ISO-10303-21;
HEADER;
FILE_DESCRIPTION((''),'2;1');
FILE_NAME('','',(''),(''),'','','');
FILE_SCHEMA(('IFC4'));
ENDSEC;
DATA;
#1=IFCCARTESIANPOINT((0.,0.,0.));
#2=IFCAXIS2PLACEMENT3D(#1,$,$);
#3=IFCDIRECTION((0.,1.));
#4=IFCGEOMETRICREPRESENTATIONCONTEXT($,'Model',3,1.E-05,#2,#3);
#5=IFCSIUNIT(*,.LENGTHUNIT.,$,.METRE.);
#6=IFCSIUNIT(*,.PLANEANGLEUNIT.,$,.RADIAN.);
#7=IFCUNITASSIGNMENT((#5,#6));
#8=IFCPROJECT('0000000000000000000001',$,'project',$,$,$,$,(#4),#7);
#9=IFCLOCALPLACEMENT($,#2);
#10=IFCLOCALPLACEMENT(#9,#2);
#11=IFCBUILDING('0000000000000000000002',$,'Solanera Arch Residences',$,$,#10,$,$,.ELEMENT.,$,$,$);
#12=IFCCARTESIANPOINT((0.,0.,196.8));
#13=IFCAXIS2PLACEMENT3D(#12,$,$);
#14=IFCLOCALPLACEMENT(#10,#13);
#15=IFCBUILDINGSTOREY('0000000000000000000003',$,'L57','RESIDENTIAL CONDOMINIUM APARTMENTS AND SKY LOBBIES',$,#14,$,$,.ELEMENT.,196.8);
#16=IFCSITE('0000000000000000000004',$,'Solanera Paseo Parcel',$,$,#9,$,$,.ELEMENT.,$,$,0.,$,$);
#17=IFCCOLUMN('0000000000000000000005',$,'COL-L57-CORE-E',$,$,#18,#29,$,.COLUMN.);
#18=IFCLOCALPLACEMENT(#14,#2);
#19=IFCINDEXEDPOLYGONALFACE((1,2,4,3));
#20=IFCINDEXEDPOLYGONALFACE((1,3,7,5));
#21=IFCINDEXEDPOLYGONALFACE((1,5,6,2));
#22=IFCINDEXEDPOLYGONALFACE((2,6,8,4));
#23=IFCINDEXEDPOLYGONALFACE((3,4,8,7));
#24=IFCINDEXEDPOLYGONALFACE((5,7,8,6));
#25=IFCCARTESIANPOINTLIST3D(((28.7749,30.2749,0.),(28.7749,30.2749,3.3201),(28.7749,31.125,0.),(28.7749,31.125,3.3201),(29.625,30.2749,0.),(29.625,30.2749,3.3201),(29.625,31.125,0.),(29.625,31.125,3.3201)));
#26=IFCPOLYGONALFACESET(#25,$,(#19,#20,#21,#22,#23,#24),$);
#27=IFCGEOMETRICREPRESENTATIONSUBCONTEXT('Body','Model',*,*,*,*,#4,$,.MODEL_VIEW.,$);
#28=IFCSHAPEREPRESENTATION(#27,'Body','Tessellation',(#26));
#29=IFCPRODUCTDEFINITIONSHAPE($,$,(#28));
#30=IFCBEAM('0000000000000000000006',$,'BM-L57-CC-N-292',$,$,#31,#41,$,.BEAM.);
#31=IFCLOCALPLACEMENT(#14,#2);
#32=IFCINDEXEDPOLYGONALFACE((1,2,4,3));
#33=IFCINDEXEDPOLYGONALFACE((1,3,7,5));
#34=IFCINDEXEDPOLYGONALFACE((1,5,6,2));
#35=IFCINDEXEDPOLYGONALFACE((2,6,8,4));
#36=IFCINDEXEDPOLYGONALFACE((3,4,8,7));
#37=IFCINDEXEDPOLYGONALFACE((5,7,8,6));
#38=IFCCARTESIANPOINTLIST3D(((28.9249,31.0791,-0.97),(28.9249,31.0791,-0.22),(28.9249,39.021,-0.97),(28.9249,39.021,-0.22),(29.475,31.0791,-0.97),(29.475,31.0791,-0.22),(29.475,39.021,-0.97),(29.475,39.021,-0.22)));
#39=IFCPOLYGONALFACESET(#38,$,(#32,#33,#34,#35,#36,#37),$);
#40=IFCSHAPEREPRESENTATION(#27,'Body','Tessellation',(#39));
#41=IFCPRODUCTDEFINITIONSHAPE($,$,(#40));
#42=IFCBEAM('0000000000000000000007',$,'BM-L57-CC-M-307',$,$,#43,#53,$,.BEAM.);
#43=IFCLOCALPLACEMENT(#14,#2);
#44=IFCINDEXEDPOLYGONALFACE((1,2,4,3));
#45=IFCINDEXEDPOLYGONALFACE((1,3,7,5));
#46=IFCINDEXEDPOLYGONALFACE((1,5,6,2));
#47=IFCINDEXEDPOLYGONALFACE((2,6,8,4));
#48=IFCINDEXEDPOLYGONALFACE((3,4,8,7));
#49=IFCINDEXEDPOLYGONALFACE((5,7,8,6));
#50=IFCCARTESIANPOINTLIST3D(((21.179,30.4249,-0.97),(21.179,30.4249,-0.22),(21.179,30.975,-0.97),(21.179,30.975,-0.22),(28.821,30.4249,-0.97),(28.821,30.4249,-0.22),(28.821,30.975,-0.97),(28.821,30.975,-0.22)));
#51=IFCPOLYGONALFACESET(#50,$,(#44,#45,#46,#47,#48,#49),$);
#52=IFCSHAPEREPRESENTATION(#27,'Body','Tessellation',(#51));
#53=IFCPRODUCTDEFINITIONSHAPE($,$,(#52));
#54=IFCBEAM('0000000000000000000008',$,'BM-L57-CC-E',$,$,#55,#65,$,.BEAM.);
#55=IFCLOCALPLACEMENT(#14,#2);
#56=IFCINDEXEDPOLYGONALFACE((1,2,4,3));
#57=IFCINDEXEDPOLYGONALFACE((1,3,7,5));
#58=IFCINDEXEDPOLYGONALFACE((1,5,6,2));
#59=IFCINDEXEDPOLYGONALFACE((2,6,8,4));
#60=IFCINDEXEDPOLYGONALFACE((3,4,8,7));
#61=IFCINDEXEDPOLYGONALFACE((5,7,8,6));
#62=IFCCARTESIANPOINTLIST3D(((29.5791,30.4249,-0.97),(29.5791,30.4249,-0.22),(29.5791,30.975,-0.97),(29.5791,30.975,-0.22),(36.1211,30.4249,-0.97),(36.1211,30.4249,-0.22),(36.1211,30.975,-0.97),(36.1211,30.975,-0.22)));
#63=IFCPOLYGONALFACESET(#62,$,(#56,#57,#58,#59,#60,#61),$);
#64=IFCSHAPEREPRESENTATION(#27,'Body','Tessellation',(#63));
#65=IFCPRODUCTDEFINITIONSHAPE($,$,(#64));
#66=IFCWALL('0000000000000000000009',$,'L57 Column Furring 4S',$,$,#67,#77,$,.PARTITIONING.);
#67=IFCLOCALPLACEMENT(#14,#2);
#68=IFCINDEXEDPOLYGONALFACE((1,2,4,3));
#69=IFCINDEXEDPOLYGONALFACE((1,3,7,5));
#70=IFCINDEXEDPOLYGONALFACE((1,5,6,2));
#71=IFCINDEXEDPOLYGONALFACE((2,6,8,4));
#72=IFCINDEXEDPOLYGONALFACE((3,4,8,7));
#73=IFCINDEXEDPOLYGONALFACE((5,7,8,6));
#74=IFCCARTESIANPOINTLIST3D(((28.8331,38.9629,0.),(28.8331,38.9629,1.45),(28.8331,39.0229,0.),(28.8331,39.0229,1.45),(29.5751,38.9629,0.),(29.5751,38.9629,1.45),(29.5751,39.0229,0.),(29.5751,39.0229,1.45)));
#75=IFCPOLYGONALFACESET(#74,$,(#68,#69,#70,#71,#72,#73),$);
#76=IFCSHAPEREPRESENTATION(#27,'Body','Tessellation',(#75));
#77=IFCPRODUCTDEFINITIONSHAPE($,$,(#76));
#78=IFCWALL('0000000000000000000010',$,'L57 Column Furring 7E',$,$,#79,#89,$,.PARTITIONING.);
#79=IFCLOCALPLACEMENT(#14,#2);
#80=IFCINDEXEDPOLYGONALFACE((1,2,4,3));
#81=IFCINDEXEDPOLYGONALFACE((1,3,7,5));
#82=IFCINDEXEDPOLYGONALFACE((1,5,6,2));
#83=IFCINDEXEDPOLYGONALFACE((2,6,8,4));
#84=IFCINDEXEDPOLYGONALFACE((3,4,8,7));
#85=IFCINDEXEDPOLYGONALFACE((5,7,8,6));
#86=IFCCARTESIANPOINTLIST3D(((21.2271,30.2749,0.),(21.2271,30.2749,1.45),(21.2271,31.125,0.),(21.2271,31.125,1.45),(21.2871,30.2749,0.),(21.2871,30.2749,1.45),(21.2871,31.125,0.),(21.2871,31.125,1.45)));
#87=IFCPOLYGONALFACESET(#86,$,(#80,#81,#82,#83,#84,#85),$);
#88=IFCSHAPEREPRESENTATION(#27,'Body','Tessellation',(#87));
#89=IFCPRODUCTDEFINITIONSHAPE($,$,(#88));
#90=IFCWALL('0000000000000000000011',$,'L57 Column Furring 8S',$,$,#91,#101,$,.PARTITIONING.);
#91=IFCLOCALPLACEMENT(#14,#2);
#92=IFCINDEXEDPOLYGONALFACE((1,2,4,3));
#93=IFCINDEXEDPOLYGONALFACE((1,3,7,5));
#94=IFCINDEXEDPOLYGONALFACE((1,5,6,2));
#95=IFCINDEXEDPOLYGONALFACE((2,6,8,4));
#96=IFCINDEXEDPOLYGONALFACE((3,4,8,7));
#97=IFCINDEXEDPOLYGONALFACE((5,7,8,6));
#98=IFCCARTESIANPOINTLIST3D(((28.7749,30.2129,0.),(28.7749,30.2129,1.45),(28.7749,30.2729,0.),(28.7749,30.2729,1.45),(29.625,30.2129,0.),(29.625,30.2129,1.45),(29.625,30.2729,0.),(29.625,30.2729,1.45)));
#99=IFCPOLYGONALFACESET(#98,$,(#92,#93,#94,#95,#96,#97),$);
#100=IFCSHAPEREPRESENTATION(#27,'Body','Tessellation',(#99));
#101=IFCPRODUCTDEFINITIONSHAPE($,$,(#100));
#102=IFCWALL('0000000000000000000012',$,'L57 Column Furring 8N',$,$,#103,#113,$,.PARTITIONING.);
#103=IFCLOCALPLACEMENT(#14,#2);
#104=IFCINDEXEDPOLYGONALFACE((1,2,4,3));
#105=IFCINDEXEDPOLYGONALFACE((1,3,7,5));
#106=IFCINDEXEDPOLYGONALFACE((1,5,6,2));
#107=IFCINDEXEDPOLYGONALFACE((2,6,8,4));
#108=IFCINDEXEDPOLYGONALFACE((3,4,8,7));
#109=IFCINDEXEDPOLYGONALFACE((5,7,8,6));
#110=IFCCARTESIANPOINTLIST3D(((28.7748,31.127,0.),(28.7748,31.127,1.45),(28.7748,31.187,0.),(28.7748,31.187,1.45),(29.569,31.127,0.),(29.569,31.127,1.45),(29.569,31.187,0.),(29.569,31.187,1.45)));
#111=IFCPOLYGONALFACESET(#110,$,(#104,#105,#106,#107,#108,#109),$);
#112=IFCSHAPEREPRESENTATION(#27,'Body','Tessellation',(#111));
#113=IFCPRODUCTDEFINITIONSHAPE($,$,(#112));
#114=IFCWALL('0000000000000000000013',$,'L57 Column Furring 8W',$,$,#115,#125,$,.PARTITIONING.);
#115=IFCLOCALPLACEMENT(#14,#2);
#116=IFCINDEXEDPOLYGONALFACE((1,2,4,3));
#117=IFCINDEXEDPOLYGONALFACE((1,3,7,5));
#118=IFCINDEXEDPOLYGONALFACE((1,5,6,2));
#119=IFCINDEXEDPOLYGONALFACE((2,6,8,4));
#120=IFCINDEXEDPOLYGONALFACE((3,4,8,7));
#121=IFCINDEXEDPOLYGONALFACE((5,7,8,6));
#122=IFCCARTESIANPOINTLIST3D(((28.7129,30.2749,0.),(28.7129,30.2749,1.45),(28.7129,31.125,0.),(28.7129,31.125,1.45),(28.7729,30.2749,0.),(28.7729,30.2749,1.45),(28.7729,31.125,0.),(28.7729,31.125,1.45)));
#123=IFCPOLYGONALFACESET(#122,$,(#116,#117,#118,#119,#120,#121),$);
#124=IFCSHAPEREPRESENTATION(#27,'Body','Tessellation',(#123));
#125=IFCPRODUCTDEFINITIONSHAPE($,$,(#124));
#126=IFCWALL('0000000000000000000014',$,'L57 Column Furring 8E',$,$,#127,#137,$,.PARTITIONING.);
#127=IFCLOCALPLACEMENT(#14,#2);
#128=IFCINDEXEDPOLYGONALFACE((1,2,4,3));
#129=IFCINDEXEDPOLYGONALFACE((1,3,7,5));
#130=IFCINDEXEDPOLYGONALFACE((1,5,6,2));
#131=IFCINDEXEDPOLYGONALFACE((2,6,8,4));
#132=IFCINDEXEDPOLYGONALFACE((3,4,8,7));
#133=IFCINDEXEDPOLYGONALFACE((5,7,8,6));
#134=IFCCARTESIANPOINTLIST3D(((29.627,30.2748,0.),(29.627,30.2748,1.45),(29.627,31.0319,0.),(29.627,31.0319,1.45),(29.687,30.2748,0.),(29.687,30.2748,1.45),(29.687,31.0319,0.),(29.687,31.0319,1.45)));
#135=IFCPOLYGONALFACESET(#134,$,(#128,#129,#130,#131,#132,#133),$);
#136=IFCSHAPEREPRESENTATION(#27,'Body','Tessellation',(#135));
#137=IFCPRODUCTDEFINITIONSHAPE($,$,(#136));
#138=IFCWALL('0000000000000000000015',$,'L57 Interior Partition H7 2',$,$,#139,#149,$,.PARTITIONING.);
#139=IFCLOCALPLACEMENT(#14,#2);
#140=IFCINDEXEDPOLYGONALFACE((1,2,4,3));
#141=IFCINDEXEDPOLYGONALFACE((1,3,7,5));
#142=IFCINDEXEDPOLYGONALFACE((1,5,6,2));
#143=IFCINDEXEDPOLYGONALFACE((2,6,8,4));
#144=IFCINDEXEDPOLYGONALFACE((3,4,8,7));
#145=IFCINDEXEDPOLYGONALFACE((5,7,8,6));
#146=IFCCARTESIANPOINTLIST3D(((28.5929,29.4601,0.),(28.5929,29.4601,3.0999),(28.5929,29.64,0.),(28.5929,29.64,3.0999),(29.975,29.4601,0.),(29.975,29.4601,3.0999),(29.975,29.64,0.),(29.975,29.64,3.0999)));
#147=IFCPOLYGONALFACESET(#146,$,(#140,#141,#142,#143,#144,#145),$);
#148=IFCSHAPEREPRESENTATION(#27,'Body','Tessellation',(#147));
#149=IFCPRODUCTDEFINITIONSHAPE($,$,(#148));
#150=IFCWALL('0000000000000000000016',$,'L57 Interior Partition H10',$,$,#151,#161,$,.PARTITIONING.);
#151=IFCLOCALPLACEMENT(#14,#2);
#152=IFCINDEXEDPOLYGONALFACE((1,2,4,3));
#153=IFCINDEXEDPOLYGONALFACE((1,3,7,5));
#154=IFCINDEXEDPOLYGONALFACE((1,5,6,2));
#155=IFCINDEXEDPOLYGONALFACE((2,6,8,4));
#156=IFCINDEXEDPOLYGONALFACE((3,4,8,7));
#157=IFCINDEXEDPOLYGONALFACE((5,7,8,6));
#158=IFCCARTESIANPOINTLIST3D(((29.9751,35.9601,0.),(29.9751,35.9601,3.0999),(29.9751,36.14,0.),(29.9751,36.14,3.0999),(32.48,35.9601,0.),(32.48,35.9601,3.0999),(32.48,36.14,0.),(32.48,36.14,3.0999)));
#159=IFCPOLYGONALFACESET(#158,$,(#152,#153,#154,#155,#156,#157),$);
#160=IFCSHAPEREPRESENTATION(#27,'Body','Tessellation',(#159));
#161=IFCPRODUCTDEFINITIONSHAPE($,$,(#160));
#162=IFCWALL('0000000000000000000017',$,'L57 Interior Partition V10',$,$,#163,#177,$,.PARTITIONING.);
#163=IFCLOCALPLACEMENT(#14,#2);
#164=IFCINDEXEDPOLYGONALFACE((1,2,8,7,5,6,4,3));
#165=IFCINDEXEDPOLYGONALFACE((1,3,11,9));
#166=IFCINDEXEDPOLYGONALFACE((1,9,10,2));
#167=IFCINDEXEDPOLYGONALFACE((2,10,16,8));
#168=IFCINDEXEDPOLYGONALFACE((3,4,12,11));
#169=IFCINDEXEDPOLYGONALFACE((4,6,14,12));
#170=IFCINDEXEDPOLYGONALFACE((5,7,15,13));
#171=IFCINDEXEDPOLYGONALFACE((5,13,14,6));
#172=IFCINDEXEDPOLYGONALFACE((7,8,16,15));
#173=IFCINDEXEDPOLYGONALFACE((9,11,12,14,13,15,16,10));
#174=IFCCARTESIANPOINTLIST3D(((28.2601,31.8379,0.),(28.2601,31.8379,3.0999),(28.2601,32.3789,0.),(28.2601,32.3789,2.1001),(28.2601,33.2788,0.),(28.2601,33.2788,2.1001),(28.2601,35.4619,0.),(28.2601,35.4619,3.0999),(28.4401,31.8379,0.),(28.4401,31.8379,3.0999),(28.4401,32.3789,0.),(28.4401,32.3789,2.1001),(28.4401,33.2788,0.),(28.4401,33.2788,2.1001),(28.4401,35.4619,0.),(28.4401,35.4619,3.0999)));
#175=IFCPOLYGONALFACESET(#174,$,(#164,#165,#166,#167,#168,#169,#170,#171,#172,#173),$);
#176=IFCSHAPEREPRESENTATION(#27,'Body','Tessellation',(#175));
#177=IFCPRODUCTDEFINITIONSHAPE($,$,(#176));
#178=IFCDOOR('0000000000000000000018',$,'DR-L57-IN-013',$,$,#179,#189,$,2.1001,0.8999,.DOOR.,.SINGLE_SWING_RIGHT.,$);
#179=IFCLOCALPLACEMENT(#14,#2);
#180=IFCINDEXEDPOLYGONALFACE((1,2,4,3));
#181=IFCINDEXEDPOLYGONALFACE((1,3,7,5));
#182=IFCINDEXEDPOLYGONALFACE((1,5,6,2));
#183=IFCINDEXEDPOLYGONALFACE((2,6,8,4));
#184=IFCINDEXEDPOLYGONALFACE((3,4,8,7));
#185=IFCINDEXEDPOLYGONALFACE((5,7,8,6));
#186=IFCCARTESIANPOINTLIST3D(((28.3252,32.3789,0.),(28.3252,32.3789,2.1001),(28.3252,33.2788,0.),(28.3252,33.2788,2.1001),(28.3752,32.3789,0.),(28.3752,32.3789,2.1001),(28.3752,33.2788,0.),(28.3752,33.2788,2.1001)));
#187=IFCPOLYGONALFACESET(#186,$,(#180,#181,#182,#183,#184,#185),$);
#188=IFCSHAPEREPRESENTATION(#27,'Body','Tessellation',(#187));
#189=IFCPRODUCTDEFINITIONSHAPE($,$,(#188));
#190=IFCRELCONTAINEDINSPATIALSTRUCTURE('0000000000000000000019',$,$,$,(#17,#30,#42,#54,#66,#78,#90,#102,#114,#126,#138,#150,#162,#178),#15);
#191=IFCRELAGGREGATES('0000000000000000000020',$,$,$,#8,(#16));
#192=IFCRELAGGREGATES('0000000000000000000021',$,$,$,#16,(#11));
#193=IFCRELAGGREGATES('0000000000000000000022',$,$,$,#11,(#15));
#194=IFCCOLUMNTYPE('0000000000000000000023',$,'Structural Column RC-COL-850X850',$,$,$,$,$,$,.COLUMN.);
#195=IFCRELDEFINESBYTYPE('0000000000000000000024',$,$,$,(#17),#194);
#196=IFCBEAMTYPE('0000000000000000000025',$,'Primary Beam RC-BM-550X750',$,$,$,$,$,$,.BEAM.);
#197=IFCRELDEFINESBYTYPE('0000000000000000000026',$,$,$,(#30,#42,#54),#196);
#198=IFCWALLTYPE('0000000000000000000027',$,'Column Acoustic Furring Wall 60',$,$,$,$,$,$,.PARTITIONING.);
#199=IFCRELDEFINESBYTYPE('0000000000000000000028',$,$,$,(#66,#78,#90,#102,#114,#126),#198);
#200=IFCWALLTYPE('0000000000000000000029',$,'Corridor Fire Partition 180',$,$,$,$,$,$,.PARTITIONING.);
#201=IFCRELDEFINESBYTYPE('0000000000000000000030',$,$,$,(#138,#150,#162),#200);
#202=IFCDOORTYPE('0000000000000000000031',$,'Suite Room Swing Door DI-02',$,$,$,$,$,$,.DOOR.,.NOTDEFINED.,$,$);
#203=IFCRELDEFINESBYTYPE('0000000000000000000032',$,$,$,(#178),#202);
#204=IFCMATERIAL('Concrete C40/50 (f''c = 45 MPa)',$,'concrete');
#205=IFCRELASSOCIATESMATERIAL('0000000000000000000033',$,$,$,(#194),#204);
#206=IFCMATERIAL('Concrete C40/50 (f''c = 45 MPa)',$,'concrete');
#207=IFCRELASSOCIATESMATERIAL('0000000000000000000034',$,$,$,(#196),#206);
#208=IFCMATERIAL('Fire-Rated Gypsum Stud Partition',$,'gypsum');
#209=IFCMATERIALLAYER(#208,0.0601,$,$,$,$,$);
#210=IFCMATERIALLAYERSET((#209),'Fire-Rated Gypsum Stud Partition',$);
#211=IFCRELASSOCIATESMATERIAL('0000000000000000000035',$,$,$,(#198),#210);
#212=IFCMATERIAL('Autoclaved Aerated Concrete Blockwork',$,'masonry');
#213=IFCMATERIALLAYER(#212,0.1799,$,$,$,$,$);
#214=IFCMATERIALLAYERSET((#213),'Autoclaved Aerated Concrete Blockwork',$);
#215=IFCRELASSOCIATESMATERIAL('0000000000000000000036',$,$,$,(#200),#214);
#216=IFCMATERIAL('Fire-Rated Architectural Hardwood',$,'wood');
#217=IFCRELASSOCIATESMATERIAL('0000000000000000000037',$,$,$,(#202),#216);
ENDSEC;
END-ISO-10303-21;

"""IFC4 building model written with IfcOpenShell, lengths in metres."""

from ifc_helpers import new_model, si_unit, direction, frame, frame_2d, origin, origin_2d, place, context, subcontext, project, spatial, rectangle, extrude, material, layer, layer_set, material_profile, profile_set, type_object, element, fill, save


model = new_model("IFC4")

# Units and contexts
model_context = context("Model", 3, precision=1e-05, world=origin(), true_north=direction((0.0, 1.0)))
body_context = subcontext(model_context, "Body", "Model", "MODEL_VIEW")
ifc_project = project(units=[si_unit("LENGTHUNIT", "METRE"), si_unit("PLANEANGLEUNIT", "RADIAN")], contexts=[model_context])

# Site, building, storey
site_placement = place(None, origin())
site = spatial("IfcSite", under=ifc_project, at=site_placement, Name="Solanera Paseo Parcel", CompositionType="ELEMENT", RefElevation=0.0)
building_placement = place(site_placement, origin())
building = spatial("IfcBuilding", under=site, at=building_placement, Name="Solanera Arch Residences", CompositionType="ELEMENT")
storey_placement = place(building_placement, frame((0.0, 0.0, 196.8)))
storey = spatial("IfcBuildingStorey", under=building, at=storey_placement, Name="L57", Description="RESIDENTIAL CONDOMINIUM APARTMENTS AND SKY LOBBIES", CompositionType="ELEMENT", Elevation=196.8)

# Column
ifc_material_1 = material(Name="Concrete C40/50 (f'c = 45 MPa)", Category="concrete")
ifc_material_profile_1 = material_profile(ifc_material_1, rectangle(XDim=0.8501, YDim=0.8501, at=origin_2d()))
ifc_profile_set_1 = profile_set([ifc_material_profile_1], Name="Concrete C40/50 (f'c = 45 MPa)")
column_type = type_object("IfcColumnType", Name="Structural Column RC-COL-850X850", PredefinedType="COLUMN", material=ifc_profile_set_1)
column_placement = place(storey_placement, frame((29.2, 30.7, 0.0), z_axis=(0.0, 0.0, 1.0), x_axis=(1.0, 0.0, 0.0)))
element("IfcColumn", 1, at=column_placement, inside=storey, type_object=column_type, Name="COL-L57-CORE-E", PredefinedType="COLUMN", context=body_context, shape_type="SweptSolid", body=[
    extrude(rectangle(XDim=0.8501, YDim=0.8501, at=origin_2d()), origin(), (0.0, 0.0, 1.0), 3.3201),
])

# Beams
ifc_material_2 = material(Name="Concrete C40/50 (f'c = 45 MPa)", Category="concrete")
ifc_material_profile_2 = material_profile(ifc_material_2, rectangle(XDim=0.55, YDim=0.75, at=origin_2d()))
ifc_profile_set_2 = profile_set([ifc_material_profile_2], Name="Concrete C40/50 (f'c = 45 MPa)")
beam_type = type_object("IfcBeamType", Name="Primary Beam RC-BM-550X750", PredefinedType="BEAM", material=ifc_profile_set_2)
beam_1_placement = place(storey_placement, frame((29.2, 31.0791, -0.595), z_axis=(0.0, 1.0, 0.0), x_axis=(-1.0, 0.0, 0.0)))
element("IfcBeam", 2, at=beam_1_placement, inside=storey, type_object=beam_type, Name="BM-L57-CC-N-292", PredefinedType="BEAM", context=body_context, shape_type="SweptSolid", body=[
    extrude(rectangle(XDim=0.55, YDim=0.75, at=origin_2d()), origin(), (0.0, 0.0, 1.0), 7.9419),
])
beam_2_placement = place(storey_placement, frame((21.179, 30.7, -0.595), z_axis=(1.0, 0.0, 0.0), x_axis=(0.0, 1.0, 0.0)))
element("IfcBeam", 3, at=beam_2_placement, inside=storey, type_object=beam_type, Name="BM-L57-CC-M-307", PredefinedType="BEAM", context=body_context, shape_type="SweptSolid", body=[
    extrude(rectangle(XDim=0.55, YDim=0.75, at=origin_2d()), origin(), (0.0, 0.0, 1.0), 7.6421),
])
beam_3_placement = place(storey_placement, frame((29.5791, 30.7, -0.595), z_axis=(1.0, 0.0, 0.0), x_axis=(0.0, 1.0, 0.0)))
element("IfcBeam", 4, at=beam_3_placement, inside=storey, type_object=beam_type, Name="BM-L57-CC-E", PredefinedType="BEAM", context=body_context, shape_type="SweptSolid", body=[
    extrude(rectangle(XDim=0.55, YDim=0.75, at=origin_2d()), origin(), (0.0, 0.0, 1.0), 6.542),
])

# Walls
ifc_material_3 = material(Name="Fire-Rated Gypsum Stud Partition", Category="gypsum")
ifc_layer_1 = layer(ifc_material_3, 0.0601)
ifc_layer_set_1 = layer_set([ifc_layer_1], Name="Fire-Rated Gypsum Stud Partition")
wall_type_1 = type_object("IfcWallType", Name="Column Acoustic Furring Wall 60", PredefinedType="PARTITIONING", material=ifc_layer_set_1)
wall_1_placement = place(storey_placement, frame((28.833, 38.9929, 0.0), z_axis=(0.0, 0.0, 1.0), x_axis=(1.0, 0.0, 0.0)))
element("IfcWall", 5, at=wall_1_placement, inside=storey, type_object=wall_type_1, Name="L57 Column Furring 4S", PredefinedType="PARTITIONING", context=body_context, shape_type="SweptSolid", body=[
    extrude(rectangle(XDim=0.7419, YDim=0.0601, at=frame_2d((0.3711, 0.0))), origin(), (0.0, 0.0, 1.0), 1.45),
])
for number, where, z_axis, x_axis, name in (
    (6, (21.2571, 30.2749, 0.0), (0.0, 0.0, 1.0), (0.0, 1.0, 0.0), "L57 Column Furring 7E"),
    (7, (28.7749, 30.2429, 0.0), (0.0, 0.0, 1.0), (1.0, 0.0, 0.0), "L57 Column Furring 8S"),
):
    element("IfcWall", number, at=place(storey_placement, frame(where, z_axis=z_axis, x_axis=x_axis)), inside=storey, type_object=wall_type_1, Name=name, PredefinedType="PARTITIONING", context=body_context, shape_type="SweptSolid", body=[
        extrude(rectangle(XDim=0.8501, YDim=0.0601, at=frame_2d((0.425, 0.0))), origin(), (0.0, 0.0, 1.0), 1.45),
    ])
wall_2_placement = place(storey_placement, frame((28.7749, 31.157, 0.0), z_axis=(0.0, 0.0, 1.0), x_axis=(1.0, 0.0, 0.0)))
element("IfcWall", 8, at=wall_2_placement, inside=storey, type_object=wall_type_1, Name="L57 Column Furring 8N", PredefinedType="PARTITIONING", context=body_context, shape_type="SweptSolid", body=[
    extrude(rectangle(XDim=0.7942, YDim=0.0601, at=frame_2d((0.397, 0.0))), origin(), (0.0, 0.0, 1.0), 1.45),
])
wall_3_placement = place(storey_placement, frame((28.7429, 30.2749, 0.0), z_axis=(0.0, 0.0, 1.0), x_axis=(0.0, 1.0, 0.0)))
element("IfcWall", 9, at=wall_3_placement, inside=storey, type_object=wall_type_1, Name="L57 Column Furring 8W", PredefinedType="PARTITIONING", context=body_context, shape_type="SweptSolid", body=[
    extrude(rectangle(XDim=0.8501, YDim=0.0601, at=frame_2d((0.425, 0.0))), origin(), (0.0, 0.0, 1.0), 1.45),
])
wall_4_placement = place(storey_placement, frame((29.657, 30.2749, 0.0), z_axis=(0.0, 0.0, 1.0), x_axis=(0.0, 1.0, 0.0)))
element("IfcWall", 10, at=wall_4_placement, inside=storey, type_object=wall_type_1, Name="L57 Column Furring 8E", PredefinedType="PARTITIONING", context=body_context, shape_type="SweptSolid", body=[
    extrude(rectangle(XDim=0.7571, YDim=0.0601, at=frame_2d((0.3784, 0.0))), origin(), (0.0, 0.0, 1.0), 1.45),
])
ifc_material_4 = material(Name="Autoclaved Aerated Concrete Blockwork", Category="masonry")
ifc_layer_2 = layer(ifc_material_4, 0.1799)
ifc_layer_set_2 = layer_set([ifc_layer_2], Name="Autoclaved Aerated Concrete Blockwork")
wall_type_2 = type_object("IfcWallType", Name="Corridor Fire Partition 180", PredefinedType="PARTITIONING", material=ifc_layer_set_2)
wall_5_placement = place(storey_placement, frame((28.593, 29.55, 0.0), z_axis=(0.0, 0.0, 1.0), x_axis=(1.0, 0.0, 0.0)))
element("IfcWall", 11, at=wall_5_placement, inside=storey, type_object=wall_type_2, Name="L57 Interior Partition H7 2", PredefinedType="PARTITIONING", context=body_context, shape_type="SweptSolid", body=[
    extrude(rectangle(XDim=1.3821, YDim=0.1799, at=frame_2d((0.6909, 0.0))), origin(), (0.0, 0.0, 1.0), 3.0999),
])
wall_6_placement = place(storey_placement, frame((29.9751, 36.05, 0.0), z_axis=(0.0, 0.0, 1.0), x_axis=(1.0, 0.0, 0.0)))
element("IfcWall", 12, at=wall_6_placement, inside=storey, type_object=wall_type_2, Name="L57 Interior Partition H10", PredefinedType="PARTITIONING", context=body_context, shape_type="SweptSolid", body=[
    extrude(rectangle(XDim=2.5049, YDim=0.1799, at=frame_2d((1.2524, 0.0))), origin(), (0.0, 0.0, 1.0), 3.0999),
])

# Wall, opening, door
wall_7_placement = place(storey_placement, frame((28.3501, 31.8379, 0.0), z_axis=(0.0, 0.0, 1.0), x_axis=(0.0, 1.0, 0.0)))
wall_7 = element("IfcWall", 13, at=wall_7_placement, inside=storey, type_object=wall_type_2, Name="L57 Interior Partition V10", PredefinedType="PARTITIONING", context=body_context, shape_type="SweptSolid", body=[
    extrude(rectangle(XDim=3.624, YDim=0.1799, at=frame_2d((1.812, 0.0))), origin(), (0.0, 0.0, 1.0), 3.0999),
])
opening_1_placement = place(wall_7_placement, frame((0.541, 0.0, 0.0)))
opening_1 = element("IfcOpeningElement", 14, at=opening_1_placement, cuts=wall_7, PredefinedType="OPENING", context=body_context, shape_type="SweptSolid", body=[
    extrude(rectangle(XDim=0.8999, YDim=2.1001, at=frame_2d((0.45, 1.05))), frame((0.0, 0.1001, 0.0), z_axis=(0.0, -1.0, 0.0), x_axis=(1.0, 0.0, 0.0)), (0.0, 0.0, 1.0), 0.1999),
])
ifc_material_5 = material(Name="Fire-Rated Architectural Hardwood", Category="wood")
door_type_1 = type_object("IfcDoorType", Name="Suite Room Swing Door DI-02", OperationType="NOTDEFINED", PredefinedType="DOOR", material=ifc_material_5)
door_1_placement = place(opening_1_placement, origin())
door_1 = element("IfcDoor", 15, at=door_1_placement, inside=storey, type_object=door_type_1, Name="DR-L57-IN-013", OperationType="SINGLE_SWING_RIGHT", OverallHeight=2.1001, OverallWidth=0.8999, PredefinedType="DOOR", context=body_context, shape_type="SweptSolid", body=[
    extrude(rectangle(XDim=0.8999, YDim=2.1001, at=frame_2d((0.45, 1.05))), frame((0.0, 0.0249, 0.0), z_axis=(0.0, -1.0, 0.0), x_axis=(1.0, 0.0, 0.0)), (0.0, 0.0, 1.0), 0.05),
])
fill(opening_1, door_1)

save(model, "model.ifc")
